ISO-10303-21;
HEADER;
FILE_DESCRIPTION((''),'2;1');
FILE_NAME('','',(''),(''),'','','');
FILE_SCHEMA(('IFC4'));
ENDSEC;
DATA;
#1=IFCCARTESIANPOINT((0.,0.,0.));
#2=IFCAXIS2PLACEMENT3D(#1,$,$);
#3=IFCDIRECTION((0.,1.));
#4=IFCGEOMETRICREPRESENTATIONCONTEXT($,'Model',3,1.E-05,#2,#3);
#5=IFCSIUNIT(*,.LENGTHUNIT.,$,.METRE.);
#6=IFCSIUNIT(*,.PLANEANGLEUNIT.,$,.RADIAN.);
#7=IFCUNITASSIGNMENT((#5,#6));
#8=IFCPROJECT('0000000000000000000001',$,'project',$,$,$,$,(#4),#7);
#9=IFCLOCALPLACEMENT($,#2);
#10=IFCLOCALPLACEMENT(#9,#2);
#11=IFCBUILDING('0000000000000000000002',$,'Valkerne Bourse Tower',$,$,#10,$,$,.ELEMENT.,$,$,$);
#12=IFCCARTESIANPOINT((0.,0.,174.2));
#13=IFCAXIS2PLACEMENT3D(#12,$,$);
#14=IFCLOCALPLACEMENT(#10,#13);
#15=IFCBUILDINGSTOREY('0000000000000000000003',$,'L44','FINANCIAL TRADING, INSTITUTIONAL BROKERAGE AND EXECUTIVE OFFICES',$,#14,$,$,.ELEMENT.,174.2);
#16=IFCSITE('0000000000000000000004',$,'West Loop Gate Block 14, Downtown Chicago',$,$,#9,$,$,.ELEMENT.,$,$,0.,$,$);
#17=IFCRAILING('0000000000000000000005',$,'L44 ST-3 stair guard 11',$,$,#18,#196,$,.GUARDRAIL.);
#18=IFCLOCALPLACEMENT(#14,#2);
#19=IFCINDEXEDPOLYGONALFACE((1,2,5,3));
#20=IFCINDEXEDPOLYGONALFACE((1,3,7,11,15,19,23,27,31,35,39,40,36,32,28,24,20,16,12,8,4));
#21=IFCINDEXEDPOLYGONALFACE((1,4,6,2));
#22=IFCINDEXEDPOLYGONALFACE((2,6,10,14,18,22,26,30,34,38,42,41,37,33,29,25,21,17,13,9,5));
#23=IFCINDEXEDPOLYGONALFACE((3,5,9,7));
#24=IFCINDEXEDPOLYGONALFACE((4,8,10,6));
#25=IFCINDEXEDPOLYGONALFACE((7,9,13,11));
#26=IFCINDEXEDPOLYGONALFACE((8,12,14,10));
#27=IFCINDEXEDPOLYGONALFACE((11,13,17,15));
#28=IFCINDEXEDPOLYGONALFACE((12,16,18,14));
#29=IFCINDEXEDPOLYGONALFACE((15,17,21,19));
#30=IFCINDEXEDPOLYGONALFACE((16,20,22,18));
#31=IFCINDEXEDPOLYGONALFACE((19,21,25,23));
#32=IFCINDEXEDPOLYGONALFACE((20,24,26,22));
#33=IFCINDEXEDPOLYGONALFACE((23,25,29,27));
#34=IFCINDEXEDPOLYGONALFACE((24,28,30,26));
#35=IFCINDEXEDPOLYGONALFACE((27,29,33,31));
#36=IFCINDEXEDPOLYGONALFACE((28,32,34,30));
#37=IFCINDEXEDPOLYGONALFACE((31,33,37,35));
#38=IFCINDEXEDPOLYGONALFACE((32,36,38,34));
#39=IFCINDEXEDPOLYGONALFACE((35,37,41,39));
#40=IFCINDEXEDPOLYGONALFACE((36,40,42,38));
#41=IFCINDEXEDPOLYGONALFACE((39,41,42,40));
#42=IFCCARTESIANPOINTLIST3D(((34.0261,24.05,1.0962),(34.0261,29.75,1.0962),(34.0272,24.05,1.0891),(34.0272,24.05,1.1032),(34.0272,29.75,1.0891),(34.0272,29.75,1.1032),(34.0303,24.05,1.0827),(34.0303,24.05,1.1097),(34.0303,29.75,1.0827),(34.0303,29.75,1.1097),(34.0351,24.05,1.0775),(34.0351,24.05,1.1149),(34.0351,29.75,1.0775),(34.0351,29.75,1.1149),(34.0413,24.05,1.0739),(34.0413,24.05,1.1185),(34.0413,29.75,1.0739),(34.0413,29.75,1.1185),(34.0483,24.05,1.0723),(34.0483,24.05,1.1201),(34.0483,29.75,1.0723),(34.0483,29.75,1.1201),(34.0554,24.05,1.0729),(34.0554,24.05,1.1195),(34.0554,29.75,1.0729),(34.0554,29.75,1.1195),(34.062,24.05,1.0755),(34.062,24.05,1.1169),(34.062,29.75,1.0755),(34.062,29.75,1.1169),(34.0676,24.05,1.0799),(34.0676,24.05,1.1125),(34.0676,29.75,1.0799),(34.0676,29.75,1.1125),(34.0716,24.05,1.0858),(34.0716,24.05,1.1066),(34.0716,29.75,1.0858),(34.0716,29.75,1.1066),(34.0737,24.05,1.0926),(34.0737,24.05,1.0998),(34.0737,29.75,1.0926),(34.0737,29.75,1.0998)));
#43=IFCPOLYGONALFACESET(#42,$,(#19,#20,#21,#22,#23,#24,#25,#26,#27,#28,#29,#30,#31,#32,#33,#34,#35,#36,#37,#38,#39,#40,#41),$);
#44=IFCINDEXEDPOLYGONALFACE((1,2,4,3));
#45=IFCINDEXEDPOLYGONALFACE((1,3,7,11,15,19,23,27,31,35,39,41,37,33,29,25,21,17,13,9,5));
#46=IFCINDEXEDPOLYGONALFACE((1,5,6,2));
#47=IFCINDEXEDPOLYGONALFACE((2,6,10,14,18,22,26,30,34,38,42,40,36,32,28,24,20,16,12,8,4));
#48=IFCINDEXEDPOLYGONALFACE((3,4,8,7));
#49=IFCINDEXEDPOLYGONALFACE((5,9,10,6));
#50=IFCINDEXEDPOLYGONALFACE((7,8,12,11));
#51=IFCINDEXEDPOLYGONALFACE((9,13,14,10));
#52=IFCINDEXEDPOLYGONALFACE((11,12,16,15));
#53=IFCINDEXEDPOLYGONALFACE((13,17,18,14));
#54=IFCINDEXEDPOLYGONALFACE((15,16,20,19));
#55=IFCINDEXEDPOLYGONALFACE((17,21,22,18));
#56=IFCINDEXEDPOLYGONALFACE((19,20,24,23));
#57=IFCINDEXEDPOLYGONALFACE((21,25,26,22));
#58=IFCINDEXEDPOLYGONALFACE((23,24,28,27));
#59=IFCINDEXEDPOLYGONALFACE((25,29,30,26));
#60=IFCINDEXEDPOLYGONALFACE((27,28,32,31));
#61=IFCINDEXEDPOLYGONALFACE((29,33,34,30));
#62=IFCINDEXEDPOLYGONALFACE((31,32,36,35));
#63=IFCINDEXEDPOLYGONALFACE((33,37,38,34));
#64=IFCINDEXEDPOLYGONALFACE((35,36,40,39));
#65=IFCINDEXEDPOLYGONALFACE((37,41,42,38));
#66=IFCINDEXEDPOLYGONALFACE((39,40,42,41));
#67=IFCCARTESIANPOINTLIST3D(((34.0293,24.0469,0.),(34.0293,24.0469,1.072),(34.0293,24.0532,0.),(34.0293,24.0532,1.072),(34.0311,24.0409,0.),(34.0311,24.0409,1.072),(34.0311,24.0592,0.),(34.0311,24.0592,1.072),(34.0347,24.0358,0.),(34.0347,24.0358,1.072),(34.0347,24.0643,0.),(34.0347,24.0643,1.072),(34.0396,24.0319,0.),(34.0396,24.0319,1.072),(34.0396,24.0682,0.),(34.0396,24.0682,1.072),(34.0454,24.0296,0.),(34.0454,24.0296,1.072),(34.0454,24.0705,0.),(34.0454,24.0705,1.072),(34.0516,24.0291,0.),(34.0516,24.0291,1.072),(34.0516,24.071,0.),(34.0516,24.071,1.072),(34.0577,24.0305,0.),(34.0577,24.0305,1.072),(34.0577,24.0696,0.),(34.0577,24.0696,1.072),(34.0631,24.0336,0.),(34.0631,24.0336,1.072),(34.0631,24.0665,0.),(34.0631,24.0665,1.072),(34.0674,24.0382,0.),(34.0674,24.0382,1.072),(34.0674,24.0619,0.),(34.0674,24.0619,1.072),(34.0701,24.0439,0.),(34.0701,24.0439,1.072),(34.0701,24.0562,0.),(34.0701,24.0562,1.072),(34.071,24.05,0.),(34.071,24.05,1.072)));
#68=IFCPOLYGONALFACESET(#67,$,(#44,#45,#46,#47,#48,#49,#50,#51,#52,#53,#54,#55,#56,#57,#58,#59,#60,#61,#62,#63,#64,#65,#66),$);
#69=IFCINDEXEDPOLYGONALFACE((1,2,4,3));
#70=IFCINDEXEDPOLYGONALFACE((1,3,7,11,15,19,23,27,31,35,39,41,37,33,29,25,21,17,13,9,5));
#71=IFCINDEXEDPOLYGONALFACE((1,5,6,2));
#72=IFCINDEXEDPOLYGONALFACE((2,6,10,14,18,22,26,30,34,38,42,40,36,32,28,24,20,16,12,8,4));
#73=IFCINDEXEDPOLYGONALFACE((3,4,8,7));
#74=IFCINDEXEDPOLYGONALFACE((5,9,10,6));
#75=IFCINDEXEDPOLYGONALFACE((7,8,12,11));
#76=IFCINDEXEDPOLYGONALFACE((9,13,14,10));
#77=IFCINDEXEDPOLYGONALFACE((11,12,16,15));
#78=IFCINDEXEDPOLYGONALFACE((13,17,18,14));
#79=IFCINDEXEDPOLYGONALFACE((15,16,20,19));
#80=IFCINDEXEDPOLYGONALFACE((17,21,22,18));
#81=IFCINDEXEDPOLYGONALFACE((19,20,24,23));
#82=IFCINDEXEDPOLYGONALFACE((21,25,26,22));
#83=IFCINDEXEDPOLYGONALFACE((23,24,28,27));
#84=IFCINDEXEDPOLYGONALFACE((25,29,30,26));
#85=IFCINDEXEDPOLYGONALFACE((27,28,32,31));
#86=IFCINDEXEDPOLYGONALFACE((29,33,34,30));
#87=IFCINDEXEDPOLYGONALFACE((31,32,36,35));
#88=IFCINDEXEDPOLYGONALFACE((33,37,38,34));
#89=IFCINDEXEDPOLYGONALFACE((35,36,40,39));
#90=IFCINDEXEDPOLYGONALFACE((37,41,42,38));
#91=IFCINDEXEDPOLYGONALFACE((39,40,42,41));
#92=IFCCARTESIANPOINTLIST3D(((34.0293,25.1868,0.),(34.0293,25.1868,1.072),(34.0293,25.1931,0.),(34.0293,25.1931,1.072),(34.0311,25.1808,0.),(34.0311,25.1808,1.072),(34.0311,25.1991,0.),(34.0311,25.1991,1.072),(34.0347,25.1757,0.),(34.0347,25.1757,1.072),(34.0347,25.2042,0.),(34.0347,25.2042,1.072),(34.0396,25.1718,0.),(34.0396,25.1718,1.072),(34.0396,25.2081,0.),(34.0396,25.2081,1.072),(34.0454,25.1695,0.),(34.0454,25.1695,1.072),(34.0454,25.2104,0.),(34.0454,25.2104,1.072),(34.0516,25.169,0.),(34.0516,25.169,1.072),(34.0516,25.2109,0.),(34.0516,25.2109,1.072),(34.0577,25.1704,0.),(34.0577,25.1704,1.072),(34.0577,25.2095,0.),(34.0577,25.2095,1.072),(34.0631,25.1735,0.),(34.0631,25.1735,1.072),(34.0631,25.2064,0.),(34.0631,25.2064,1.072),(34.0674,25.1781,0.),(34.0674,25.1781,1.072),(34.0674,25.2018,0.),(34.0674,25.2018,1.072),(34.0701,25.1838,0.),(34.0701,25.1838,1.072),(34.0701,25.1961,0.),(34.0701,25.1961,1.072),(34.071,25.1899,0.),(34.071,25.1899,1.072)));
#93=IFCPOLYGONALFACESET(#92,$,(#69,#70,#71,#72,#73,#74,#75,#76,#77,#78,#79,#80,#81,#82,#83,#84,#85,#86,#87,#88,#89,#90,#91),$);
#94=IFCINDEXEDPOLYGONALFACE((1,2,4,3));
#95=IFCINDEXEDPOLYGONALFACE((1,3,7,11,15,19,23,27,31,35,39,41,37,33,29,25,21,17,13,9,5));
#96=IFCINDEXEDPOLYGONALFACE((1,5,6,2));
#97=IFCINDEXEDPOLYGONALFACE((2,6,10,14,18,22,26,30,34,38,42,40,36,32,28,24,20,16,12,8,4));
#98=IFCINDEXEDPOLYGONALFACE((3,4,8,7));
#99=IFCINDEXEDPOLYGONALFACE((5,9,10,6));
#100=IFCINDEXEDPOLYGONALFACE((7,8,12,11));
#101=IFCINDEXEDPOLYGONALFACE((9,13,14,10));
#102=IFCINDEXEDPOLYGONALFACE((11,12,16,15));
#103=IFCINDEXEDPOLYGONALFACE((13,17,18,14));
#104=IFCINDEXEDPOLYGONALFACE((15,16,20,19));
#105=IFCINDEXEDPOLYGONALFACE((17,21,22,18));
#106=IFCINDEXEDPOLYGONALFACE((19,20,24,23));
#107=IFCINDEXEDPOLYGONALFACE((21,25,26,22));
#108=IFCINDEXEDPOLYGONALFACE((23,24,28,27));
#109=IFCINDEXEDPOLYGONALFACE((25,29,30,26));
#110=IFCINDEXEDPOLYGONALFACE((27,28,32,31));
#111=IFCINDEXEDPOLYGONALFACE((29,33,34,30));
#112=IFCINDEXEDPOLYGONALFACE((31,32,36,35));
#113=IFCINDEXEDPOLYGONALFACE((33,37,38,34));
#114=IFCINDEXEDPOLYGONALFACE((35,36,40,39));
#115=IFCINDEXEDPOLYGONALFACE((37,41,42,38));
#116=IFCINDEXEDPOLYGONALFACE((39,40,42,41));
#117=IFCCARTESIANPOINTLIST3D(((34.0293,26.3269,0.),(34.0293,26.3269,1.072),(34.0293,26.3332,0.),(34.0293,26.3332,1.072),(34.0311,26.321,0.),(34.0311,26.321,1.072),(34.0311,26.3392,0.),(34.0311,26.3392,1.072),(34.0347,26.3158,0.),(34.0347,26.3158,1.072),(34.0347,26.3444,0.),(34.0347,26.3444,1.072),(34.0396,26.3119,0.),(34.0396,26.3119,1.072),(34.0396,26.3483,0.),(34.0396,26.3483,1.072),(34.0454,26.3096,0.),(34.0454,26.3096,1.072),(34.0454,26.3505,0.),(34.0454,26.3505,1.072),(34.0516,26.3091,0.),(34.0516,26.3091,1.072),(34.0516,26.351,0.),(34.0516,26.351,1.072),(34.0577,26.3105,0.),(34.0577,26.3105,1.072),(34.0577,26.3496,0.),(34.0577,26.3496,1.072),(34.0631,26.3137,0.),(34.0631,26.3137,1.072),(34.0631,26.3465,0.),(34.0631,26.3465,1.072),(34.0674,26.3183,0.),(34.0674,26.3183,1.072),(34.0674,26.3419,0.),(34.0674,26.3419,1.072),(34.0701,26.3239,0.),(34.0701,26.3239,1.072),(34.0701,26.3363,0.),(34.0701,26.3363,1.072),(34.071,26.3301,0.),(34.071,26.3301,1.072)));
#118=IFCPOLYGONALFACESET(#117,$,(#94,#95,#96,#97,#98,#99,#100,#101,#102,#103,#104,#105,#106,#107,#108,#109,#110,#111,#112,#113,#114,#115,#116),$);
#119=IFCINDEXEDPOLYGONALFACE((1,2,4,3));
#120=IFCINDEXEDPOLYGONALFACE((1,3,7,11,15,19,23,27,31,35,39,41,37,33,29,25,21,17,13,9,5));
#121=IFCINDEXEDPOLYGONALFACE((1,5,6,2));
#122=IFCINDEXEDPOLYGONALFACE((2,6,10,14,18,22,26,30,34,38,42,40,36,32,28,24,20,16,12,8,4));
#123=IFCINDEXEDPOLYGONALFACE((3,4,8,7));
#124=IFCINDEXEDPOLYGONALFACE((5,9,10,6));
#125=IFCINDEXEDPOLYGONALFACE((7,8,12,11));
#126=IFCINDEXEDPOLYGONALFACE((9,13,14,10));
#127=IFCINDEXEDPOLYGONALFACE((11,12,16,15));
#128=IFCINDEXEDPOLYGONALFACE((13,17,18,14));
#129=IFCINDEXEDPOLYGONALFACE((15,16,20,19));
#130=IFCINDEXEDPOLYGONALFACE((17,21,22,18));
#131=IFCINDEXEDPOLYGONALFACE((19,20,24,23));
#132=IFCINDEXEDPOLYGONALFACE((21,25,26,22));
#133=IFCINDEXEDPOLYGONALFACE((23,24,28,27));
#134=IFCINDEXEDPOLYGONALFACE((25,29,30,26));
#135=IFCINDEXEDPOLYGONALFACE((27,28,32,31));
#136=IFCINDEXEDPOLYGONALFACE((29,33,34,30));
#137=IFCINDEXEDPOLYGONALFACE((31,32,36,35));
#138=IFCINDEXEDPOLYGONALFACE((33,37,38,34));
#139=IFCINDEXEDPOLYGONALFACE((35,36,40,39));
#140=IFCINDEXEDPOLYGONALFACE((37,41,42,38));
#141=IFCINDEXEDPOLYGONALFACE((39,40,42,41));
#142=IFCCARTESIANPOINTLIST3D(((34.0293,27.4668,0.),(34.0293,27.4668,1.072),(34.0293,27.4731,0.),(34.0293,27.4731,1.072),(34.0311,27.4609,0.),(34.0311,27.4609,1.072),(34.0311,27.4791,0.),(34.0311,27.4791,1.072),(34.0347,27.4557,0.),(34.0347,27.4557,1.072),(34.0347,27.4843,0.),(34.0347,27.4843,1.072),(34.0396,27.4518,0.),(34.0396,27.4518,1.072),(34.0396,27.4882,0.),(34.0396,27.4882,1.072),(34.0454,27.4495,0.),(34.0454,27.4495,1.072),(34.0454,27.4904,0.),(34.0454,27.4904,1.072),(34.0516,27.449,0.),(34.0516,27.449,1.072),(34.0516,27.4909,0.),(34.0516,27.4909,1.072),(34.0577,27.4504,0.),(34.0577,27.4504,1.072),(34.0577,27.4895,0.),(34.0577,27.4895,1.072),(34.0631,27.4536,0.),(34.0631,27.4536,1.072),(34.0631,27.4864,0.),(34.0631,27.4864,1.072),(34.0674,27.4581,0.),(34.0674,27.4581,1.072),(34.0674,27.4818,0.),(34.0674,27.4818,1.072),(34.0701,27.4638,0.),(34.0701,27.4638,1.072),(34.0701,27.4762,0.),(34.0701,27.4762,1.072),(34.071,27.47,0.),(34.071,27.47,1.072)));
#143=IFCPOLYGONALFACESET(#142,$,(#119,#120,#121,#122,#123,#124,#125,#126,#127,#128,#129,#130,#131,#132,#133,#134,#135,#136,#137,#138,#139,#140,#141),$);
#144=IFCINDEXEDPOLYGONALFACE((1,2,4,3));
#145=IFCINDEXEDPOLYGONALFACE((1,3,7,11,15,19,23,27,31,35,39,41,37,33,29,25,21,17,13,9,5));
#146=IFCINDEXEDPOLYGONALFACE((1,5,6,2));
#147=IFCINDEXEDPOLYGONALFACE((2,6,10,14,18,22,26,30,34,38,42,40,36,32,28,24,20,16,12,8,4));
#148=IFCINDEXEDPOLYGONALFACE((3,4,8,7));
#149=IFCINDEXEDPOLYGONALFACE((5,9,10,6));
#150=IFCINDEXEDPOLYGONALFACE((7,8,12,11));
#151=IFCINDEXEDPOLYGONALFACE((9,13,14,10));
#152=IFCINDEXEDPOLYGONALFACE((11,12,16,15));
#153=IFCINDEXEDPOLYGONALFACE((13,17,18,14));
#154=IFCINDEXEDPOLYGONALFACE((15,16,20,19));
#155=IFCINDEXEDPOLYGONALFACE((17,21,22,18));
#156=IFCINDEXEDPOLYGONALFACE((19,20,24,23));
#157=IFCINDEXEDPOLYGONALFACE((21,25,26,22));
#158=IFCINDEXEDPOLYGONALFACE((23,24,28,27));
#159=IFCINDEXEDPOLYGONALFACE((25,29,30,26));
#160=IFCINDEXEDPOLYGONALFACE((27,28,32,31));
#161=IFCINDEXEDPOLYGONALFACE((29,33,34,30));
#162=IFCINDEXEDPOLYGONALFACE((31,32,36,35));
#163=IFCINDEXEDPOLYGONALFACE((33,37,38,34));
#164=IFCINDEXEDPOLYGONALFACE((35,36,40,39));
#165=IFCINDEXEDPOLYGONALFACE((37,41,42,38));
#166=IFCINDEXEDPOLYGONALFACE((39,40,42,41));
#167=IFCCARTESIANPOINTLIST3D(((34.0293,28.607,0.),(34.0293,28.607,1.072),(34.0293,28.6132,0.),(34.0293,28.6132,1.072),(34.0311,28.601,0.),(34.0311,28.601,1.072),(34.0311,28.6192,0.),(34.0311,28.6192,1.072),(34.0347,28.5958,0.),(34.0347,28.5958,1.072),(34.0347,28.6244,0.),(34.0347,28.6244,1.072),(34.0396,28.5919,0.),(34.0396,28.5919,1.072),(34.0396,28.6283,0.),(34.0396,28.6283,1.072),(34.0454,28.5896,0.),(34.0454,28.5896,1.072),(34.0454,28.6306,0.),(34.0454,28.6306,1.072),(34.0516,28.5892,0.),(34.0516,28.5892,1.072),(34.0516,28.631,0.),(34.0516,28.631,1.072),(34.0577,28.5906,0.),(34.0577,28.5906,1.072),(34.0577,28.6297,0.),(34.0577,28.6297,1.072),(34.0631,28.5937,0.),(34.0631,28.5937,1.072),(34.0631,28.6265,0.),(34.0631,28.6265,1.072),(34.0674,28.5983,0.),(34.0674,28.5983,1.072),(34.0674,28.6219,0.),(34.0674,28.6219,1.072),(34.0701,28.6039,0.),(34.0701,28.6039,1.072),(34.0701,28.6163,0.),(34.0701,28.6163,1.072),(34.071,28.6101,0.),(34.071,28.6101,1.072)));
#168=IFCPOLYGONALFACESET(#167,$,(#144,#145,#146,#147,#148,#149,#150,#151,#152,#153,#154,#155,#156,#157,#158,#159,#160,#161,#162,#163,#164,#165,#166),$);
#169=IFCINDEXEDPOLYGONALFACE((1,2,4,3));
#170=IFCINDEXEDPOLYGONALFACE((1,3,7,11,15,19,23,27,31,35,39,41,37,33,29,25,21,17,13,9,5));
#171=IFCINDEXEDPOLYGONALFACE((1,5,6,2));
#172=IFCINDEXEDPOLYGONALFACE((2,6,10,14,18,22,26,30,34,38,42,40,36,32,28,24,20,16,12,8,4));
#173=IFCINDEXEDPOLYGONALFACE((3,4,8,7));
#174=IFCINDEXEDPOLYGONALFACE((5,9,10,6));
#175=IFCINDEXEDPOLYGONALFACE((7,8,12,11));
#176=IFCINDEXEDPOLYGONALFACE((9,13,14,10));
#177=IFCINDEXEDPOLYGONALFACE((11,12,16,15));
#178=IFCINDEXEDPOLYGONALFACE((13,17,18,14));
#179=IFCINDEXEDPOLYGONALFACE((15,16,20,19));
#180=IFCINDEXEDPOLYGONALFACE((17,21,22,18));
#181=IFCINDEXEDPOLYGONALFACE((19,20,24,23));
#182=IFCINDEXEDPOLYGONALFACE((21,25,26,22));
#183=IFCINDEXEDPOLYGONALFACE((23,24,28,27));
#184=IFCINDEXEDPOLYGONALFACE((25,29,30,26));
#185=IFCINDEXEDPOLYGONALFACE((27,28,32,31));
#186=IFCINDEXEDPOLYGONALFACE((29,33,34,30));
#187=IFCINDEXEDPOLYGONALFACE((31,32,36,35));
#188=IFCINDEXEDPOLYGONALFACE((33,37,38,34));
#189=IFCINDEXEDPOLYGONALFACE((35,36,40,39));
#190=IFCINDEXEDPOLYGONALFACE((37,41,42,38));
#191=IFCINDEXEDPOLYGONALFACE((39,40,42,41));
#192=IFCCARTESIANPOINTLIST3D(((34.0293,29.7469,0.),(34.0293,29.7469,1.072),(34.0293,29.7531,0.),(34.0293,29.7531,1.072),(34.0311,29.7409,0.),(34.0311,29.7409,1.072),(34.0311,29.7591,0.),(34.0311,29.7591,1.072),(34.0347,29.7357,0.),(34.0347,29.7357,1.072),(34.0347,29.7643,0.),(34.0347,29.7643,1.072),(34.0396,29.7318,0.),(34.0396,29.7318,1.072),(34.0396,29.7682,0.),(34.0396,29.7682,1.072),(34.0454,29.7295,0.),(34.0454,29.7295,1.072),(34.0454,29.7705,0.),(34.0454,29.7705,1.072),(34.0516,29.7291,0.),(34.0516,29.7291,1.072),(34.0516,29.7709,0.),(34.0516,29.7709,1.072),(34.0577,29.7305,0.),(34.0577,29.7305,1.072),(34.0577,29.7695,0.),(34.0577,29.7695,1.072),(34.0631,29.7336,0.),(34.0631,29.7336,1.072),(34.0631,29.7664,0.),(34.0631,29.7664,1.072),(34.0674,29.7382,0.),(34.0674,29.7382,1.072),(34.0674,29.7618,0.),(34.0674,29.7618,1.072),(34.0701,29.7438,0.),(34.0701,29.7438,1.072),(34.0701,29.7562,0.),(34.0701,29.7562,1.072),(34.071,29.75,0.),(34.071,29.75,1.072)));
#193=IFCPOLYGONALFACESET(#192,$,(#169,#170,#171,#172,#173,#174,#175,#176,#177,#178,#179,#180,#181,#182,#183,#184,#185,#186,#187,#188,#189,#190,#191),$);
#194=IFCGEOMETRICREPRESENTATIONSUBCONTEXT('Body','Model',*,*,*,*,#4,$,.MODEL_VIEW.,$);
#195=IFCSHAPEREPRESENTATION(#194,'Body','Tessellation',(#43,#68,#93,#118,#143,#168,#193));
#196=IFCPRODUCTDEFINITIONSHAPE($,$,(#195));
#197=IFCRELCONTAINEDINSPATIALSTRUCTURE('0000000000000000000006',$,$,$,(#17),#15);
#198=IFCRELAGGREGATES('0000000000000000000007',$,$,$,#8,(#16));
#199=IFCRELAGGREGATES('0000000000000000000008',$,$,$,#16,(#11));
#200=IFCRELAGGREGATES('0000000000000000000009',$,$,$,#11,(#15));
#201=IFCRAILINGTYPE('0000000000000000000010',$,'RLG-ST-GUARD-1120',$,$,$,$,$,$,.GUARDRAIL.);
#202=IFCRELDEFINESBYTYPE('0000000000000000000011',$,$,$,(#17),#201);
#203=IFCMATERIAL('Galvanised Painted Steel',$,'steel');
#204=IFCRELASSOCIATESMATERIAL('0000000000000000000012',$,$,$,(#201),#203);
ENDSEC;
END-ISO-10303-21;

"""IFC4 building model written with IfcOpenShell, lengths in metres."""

from ifc_helpers import new_model, si_unit, direction, frame, origin, origin_2d, place, context, subcontext, project, spatial, circle, extrude, material, type_object, element, save


model = new_model("IFC4")

# Units and contexts
model_context = context("Model", 3, precision=1e-05, world=origin(), true_north=direction((0.0, 1.0)))
body_context = subcontext(model_context, "Body", "Model", "MODEL_VIEW")
ifc_project = project(units=[si_unit("LENGTHUNIT", "METRE"), si_unit("PLANEANGLEUNIT", "RADIAN")], contexts=[model_context])

# Site, building, storey
site_placement = place(None, origin())
site = spatial("IfcSite", under=ifc_project, at=site_placement, Name="West Loop Gate Block 14, Downtown Chicago", CompositionType="ELEMENT", RefElevation=0.0)
building_placement = place(site_placement, origin())
building = spatial("IfcBuilding", under=site, at=building_placement, Name="Valkerne Bourse Tower", CompositionType="ELEMENT")
storey_placement = place(building_placement, frame((0.0, 0.0, 174.2)))
storey = spatial("IfcBuildingStorey", under=building, at=storey_placement, Name="L44", Description="FINANCIAL TRADING, INSTITUTIONAL BROKERAGE AND EXECUTIVE OFFICES", CompositionType="ELEMENT", Elevation=174.2)

# Railing
ifc_material_1 = material(Name="Galvanised Painted Steel", Category="steel")
railing_type_1 = type_object("IfcRailingType", Name="RLG-ST-GUARD-1120", PredefinedType="GUARDRAIL", material=ifc_material_1)
for number, where, name in (
    (1, (34.05, 24.05, 0.0), "L44 ST-3 stair guard 11"),
):
    element("IfcRailing", number, at=place(storey_placement, frame(where)), inside=storey, type_object=railing_type_1, Name=name, PredefinedType="GUARDRAIL", context=body_context, shape_type="SweptSolid", body=[
        extrude(circle(Radius=0.0239, at=origin_2d()), frame((0.0, 0.0, 1.0962), z_axis=(0.0, 1.0, 0.0), x_axis=(-1.0, 0.0, 0.0)), (0.0, 0.0, 1.0), 5.7),
        extrude(circle(Radius=0.021, at=origin_2d()), origin(), (0.0, 0.0, 1.0), 1.072),
        extrude(circle(Radius=0.021, at=origin_2d()), frame((0.0, 1.1399, 0.0)), (0.0, 0.0, 1.0), 1.072),
        extrude(circle(Radius=0.021, at=origin_2d()), frame((0.0, 2.28, 0.0)), (0.0, 0.0, 1.0), 1.072),
        extrude(circle(Radius=0.021, at=origin_2d()), frame((0.0, 3.4199, 0.0)), (0.0, 0.0, 1.0), 1.072),
        extrude(circle(Radius=0.021, at=origin_2d()), frame((0.0, 4.5601, 0.0)), (0.0, 0.0, 1.0), 1.072),
        extrude(circle(Radius=0.021, at=origin_2d()), frame((0.0, 5.7, 0.0)), (0.0, 0.0, 1.0), 1.072),
    ])

save(model, "model.ifc")
